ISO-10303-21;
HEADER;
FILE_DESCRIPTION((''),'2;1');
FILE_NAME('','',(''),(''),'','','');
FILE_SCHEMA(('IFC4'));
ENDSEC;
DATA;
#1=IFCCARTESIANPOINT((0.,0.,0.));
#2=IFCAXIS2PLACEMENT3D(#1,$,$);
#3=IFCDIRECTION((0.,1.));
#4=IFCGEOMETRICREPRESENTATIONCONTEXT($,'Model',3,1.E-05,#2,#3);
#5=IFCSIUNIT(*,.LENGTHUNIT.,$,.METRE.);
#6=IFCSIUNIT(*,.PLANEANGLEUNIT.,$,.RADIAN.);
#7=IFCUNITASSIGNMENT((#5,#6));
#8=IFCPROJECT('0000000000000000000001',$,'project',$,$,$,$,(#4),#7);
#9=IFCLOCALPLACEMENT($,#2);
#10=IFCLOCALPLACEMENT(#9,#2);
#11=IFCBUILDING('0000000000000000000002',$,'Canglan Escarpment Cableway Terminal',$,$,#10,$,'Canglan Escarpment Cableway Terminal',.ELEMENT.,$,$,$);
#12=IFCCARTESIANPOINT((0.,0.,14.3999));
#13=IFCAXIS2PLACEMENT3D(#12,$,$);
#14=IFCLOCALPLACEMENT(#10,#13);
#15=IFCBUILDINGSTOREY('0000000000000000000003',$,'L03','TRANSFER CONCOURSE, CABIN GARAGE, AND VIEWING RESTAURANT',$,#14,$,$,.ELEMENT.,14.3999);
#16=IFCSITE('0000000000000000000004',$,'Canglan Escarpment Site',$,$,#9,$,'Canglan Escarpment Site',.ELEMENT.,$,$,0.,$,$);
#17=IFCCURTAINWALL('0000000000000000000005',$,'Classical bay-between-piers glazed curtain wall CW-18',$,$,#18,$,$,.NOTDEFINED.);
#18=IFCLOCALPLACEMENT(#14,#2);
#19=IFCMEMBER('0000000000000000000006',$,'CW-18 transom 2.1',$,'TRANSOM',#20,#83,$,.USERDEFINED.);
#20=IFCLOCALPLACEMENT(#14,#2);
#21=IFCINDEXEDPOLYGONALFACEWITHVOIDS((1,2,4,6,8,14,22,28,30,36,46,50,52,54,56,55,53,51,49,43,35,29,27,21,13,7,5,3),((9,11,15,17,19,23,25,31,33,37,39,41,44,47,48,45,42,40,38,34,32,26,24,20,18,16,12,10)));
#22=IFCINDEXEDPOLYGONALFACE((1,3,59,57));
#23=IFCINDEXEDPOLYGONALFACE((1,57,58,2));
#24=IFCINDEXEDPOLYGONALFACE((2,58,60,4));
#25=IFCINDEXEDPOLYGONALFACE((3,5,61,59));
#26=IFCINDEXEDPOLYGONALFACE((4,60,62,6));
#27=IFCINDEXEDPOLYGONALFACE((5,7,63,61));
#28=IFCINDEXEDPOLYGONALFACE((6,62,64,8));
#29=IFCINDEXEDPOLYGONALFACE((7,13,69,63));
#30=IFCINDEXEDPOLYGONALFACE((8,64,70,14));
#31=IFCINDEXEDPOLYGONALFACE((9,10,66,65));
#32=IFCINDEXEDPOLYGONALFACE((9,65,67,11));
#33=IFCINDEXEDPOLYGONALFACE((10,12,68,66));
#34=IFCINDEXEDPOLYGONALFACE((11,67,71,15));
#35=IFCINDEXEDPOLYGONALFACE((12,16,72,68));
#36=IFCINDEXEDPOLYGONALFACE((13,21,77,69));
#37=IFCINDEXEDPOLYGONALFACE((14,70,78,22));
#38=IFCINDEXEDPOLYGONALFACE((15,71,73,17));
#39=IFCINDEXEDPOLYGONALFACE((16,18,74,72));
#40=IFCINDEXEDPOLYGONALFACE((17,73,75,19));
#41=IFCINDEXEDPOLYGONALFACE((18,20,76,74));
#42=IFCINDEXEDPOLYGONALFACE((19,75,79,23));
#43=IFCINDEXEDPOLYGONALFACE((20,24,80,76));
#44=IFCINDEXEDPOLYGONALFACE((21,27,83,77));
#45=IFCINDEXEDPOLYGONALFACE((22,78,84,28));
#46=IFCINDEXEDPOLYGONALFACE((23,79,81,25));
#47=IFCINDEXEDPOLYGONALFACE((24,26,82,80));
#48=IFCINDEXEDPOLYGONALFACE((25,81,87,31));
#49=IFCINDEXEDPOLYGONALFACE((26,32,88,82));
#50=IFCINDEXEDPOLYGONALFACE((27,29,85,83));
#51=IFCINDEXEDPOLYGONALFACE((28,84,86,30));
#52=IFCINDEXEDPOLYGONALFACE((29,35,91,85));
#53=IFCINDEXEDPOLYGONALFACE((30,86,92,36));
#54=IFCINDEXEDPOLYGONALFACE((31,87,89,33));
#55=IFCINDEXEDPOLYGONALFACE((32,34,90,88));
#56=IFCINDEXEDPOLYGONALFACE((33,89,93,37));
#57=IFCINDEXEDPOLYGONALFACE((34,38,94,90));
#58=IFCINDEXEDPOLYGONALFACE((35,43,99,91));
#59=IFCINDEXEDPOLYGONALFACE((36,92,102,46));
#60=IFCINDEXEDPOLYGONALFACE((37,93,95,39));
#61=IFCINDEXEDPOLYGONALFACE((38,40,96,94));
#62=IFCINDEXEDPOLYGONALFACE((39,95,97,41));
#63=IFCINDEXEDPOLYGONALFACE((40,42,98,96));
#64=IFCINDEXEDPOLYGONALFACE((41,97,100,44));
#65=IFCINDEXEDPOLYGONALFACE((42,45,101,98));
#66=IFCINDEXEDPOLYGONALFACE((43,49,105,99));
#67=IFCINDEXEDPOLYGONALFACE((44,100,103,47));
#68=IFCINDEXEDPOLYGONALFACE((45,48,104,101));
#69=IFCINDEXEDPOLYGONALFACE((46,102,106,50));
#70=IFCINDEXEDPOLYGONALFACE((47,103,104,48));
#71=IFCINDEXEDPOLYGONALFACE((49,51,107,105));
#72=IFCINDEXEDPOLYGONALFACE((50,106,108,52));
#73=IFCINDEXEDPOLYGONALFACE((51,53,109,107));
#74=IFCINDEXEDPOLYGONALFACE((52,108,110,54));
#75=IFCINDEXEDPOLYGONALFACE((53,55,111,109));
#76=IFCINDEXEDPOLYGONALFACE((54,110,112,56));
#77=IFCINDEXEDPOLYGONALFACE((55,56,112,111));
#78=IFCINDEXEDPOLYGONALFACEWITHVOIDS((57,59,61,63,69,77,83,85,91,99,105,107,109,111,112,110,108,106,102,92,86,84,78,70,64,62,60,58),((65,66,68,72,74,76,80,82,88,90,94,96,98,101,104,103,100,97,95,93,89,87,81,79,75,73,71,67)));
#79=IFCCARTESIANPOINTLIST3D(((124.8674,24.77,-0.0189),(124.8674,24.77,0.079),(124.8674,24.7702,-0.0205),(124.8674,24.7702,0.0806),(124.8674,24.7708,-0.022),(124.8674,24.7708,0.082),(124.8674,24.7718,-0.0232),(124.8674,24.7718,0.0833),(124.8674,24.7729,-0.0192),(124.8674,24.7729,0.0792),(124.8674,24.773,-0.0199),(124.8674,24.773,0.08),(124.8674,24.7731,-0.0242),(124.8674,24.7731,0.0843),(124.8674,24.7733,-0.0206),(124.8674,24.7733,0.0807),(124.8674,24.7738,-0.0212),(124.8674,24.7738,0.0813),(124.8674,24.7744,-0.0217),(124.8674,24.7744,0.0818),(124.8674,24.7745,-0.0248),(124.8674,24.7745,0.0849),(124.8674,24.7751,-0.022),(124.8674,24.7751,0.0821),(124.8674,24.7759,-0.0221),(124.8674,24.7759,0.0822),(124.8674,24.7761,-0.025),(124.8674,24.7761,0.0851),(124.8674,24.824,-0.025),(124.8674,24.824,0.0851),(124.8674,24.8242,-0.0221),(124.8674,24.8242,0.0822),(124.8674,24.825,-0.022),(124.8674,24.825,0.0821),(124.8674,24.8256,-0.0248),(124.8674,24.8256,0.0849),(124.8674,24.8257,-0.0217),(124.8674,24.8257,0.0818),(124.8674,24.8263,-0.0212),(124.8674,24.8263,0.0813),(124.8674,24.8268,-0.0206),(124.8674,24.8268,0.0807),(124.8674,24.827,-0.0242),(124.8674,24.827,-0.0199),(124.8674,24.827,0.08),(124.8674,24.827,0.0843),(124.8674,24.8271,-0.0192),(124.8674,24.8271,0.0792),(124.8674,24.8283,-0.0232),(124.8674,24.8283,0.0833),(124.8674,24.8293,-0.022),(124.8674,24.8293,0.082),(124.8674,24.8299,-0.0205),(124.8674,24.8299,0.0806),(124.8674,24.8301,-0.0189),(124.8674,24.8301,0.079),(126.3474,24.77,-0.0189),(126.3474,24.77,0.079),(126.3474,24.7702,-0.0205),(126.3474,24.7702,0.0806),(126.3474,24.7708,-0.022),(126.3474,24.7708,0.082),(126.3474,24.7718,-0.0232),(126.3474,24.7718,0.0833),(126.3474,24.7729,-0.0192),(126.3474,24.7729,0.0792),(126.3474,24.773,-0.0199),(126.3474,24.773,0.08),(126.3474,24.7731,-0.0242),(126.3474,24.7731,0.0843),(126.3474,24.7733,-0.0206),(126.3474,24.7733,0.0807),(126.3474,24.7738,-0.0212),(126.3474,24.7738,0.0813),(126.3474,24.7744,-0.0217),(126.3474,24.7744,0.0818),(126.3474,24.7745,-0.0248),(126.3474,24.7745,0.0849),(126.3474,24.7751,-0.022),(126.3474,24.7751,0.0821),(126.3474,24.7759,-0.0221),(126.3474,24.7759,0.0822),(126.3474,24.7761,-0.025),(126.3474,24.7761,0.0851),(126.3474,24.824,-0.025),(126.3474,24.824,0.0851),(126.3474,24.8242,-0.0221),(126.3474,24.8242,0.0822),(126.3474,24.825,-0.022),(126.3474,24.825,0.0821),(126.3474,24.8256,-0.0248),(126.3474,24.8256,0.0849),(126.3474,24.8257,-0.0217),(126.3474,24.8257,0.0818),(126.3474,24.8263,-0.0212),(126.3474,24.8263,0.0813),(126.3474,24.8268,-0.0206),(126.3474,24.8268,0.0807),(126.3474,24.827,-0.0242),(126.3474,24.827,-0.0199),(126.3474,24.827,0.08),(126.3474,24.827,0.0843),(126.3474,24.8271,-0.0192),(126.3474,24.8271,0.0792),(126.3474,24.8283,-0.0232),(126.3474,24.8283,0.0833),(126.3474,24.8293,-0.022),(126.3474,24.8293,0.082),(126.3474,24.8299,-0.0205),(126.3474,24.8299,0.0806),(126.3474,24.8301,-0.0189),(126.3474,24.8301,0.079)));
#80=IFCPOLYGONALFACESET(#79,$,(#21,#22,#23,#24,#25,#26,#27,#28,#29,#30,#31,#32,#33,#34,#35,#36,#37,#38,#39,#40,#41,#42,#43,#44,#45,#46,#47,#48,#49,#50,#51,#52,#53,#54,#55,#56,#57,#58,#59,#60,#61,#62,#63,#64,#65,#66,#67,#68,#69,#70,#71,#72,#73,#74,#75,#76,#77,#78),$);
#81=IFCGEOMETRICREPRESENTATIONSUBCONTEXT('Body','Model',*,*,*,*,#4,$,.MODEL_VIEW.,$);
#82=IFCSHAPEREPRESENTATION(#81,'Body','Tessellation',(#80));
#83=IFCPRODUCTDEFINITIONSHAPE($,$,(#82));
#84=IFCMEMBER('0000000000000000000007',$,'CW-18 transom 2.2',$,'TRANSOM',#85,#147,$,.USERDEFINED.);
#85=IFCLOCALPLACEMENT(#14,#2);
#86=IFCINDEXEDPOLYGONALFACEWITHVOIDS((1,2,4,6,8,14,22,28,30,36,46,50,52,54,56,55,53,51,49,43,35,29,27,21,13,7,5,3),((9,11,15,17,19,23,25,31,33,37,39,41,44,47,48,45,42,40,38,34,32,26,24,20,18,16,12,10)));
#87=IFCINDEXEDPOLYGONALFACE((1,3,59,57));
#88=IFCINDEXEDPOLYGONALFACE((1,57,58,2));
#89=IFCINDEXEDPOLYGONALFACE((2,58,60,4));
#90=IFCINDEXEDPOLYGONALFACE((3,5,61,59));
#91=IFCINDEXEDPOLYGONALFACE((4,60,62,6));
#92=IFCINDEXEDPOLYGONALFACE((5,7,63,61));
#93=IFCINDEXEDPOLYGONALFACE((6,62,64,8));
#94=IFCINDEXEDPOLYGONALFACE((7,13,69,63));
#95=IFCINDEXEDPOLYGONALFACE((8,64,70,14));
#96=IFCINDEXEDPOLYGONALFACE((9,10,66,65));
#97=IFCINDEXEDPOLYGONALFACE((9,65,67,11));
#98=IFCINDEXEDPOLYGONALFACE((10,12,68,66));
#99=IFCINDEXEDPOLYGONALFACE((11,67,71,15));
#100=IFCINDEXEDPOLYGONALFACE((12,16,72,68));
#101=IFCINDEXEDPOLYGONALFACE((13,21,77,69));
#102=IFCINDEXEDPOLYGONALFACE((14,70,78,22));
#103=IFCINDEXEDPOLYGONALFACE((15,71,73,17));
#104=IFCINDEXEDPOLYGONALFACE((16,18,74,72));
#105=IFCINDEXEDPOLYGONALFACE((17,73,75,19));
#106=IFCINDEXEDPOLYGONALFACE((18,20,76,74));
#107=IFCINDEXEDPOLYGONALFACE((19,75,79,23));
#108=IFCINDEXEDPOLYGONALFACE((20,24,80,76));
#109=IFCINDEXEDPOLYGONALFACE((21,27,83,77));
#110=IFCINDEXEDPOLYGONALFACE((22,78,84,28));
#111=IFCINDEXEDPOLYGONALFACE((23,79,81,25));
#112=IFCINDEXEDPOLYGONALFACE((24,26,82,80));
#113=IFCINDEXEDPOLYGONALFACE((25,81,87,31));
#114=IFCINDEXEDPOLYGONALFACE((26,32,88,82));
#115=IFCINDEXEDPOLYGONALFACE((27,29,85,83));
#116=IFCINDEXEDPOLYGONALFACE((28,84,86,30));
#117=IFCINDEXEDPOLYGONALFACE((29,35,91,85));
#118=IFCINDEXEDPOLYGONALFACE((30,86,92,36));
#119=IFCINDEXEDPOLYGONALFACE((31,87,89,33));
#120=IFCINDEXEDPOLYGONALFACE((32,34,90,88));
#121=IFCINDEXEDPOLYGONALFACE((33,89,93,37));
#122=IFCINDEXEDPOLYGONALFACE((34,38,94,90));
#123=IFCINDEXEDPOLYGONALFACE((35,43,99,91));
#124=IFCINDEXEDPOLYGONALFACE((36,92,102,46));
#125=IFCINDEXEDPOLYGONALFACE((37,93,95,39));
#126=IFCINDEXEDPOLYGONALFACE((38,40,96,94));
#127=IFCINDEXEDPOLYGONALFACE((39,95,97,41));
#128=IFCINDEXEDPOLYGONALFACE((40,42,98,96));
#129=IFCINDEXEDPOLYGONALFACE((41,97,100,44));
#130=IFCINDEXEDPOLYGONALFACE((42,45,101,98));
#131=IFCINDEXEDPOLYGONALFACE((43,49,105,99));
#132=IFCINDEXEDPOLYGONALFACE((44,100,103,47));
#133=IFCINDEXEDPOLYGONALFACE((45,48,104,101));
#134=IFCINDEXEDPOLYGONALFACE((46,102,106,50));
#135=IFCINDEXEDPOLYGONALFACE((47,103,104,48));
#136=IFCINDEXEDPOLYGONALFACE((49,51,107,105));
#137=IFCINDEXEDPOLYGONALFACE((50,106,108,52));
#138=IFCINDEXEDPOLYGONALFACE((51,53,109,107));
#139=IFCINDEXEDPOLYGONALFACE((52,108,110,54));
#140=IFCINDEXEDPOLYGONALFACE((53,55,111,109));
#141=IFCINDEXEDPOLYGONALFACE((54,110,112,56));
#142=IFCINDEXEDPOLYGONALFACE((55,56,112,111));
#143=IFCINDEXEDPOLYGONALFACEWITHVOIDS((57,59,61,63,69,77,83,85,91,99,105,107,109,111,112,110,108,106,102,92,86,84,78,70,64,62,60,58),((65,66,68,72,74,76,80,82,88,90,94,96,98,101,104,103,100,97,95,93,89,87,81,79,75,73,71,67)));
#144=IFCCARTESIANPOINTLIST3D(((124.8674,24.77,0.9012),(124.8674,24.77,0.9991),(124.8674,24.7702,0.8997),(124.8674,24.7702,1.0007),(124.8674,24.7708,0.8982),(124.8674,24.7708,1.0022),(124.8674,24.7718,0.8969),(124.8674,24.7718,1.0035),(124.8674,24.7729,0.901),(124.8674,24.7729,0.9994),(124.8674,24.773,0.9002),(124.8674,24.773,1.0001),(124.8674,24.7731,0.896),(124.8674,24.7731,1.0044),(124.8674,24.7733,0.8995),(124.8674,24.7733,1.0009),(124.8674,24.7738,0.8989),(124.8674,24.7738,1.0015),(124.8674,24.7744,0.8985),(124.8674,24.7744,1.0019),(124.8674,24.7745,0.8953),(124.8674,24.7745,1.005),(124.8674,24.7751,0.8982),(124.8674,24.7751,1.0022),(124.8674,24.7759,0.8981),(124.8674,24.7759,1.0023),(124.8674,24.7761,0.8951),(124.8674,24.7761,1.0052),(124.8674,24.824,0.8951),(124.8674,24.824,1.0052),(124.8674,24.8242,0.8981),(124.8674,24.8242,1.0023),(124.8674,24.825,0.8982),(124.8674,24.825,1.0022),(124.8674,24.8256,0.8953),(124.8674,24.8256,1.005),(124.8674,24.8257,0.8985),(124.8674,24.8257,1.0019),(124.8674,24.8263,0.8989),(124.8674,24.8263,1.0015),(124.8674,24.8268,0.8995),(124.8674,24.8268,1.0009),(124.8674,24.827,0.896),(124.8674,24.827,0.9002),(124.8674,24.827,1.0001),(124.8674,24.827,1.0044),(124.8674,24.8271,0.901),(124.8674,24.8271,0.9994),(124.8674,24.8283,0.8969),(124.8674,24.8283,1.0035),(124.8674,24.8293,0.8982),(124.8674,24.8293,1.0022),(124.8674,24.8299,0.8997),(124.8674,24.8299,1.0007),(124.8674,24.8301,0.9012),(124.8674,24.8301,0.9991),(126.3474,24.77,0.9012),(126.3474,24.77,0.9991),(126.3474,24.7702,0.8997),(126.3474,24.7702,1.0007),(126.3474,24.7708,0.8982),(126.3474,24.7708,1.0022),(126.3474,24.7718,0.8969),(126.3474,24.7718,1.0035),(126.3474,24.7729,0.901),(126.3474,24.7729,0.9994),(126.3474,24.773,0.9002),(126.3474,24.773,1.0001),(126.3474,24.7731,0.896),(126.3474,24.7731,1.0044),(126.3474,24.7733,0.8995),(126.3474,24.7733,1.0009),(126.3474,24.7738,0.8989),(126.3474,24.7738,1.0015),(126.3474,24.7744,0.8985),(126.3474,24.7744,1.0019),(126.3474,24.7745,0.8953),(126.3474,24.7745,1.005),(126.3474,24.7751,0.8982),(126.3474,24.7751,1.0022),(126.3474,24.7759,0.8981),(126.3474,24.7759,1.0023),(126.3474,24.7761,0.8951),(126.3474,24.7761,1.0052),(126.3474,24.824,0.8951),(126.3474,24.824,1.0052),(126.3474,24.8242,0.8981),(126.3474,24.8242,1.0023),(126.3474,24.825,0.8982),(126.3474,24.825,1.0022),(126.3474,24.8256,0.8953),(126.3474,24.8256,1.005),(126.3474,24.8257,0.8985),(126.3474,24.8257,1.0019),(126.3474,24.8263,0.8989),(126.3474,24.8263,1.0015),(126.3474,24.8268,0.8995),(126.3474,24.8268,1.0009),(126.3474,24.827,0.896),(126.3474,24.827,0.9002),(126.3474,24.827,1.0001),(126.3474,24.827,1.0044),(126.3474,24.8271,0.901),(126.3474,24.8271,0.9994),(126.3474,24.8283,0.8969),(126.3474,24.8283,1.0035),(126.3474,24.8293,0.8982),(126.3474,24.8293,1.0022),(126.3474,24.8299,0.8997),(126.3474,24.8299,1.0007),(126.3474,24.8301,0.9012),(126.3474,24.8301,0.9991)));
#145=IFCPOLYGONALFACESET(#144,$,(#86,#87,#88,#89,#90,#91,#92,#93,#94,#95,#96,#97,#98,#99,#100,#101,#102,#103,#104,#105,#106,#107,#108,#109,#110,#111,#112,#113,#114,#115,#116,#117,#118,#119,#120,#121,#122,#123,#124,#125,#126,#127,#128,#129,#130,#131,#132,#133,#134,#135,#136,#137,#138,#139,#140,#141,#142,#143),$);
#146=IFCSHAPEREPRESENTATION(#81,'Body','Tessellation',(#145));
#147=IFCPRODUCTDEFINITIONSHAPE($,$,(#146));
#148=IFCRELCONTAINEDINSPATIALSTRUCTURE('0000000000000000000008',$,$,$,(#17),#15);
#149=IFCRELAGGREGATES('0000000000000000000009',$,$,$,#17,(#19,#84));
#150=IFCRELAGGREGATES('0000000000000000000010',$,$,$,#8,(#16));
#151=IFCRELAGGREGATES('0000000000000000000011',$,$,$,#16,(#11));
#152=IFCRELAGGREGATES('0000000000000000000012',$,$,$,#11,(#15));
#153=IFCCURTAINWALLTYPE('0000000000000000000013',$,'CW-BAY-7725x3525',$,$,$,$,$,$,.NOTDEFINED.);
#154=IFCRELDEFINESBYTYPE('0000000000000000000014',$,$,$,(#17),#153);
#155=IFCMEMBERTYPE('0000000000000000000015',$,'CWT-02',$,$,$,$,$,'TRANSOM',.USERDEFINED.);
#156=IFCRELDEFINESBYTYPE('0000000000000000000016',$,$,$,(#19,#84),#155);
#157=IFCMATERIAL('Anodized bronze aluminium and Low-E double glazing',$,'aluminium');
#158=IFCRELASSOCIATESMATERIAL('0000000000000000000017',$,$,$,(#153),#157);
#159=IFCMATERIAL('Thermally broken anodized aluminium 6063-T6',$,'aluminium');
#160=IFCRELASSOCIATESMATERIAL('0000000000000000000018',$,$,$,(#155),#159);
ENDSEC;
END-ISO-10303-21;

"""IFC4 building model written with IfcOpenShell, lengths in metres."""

from ifc_helpers import new_model, si_unit, direction, frame, origin, origin_2d, place, context, subcontext, project, spatial, hollow_rectangle, extrude, material, material_profile, profile_set, type_object, element, aggregate, save


model = new_model("IFC4")

# Units and contexts
model_context = context("Model", 3, precision=1e-05, world=origin(), true_north=direction((0.0, 1.0)))
body_context = subcontext(model_context, "Body", "Model", "MODEL_VIEW")
ifc_project = project(units=[si_unit("LENGTHUNIT", "METRE"), si_unit("PLANEANGLEUNIT", "RADIAN")], contexts=[model_context])

# Site, building, storey
site_placement = place(None, origin())
site = spatial("IfcSite", under=ifc_project, at=site_placement, Name="Canglan Escarpment Site", LongName="Canglan Escarpment Site", CompositionType="ELEMENT", RefElevation=0.0)
building_placement = place(site_placement, origin())
building = spatial("IfcBuilding", under=site, at=building_placement, Name="Canglan Escarpment Cableway Terminal", LongName="Canglan Escarpment Cableway Terminal", CompositionType="ELEMENT")
storey_placement = place(building_placement, frame((0.0, 0.0, 14.3999)))
storey = spatial("IfcBuildingStorey", under=building, at=storey_placement, Name="L03", Description="TRANSFER CONCOURSE, CABIN GARAGE, AND VIEWING RESTAURANT", CompositionType="ELEMENT", Elevation=14.3999)

# Curtain wall, members
ifc_material_1 = material(Name="Anodized bronze aluminium and Low-E double glazing", Category="aluminium")
curtain_wall_type = type_object("IfcCurtainWallType", Name="CW-BAY-7725x3525", PredefinedType="NOTDEFINED", material=ifc_material_1)
curtain_wall_placement = place(storey_placement, origin())
curtain_wall = element("IfcCurtainWall", 1, at=curtain_wall_placement, inside=storey, type_object=curtain_wall_type, Name="Classical bay-between-piers glazed curtain wall CW-18", PredefinedType="NOTDEFINED")
ifc_material_2 = material(Name="Thermally broken anodized aluminium 6063-T6", Category="aluminium")
ifc_material_profile_1 = material_profile(ifc_material_2, hollow_rectangle(XDim=0.0601, YDim=0.1101, WallThickness=0.0029, InnerFilletRadius=0.0029, OuterFilletRadius=0.0061, at=origin_2d()), Name="ALU-TRAN 60x110x3")
ifc_profile_set_1 = profile_set([ifc_material_profile_1], Name="Thermally broken anodized aluminium 6063-T6")
member_type_1 = type_object("IfcMemberType", Name="CWT-02", ElementType="TRANSOM", PredefinedType="USERDEFINED", material=ifc_profile_set_1)
member_1_placement = place(storey_placement, frame((126.3474, 24.8, 0.03), z_axis=(-1.0, 0.0, 0.0), x_axis=(0.0, -1.0, 0.0)))
member_1 = element("IfcMember", 2, at=member_1_placement, type_object=member_type_1, Name="CW-18 transom 2.1", ObjectType="TRANSOM", PredefinedType="USERDEFINED", context=body_context, shape_type="SweptSolid", body=[
    extrude(hollow_rectangle(XDim=0.0601, YDim=0.1101, WallThickness=0.0029, InnerFilletRadius=0.0029, OuterFilletRadius=0.0061, at=origin_2d()), origin(), (0.0, 0.0, 1.0), 1.48),
])
member_2_placement = place(storey_placement, frame((126.3474, 24.8, 0.9502), z_axis=(-1.0, 0.0, 0.0), x_axis=(0.0, -1.0, 0.0)))
member_2 = element("IfcMember", 3, at=member_2_placement, type_object=member_type_1, Name="CW-18 transom 2.2", ObjectType="TRANSOM", PredefinedType="USERDEFINED", context=body_context, shape_type="SweptSolid", body=[
    extrude(hollow_rectangle(XDim=0.0601, YDim=0.1101, WallThickness=0.0029, InnerFilletRadius=0.0029, OuterFilletRadius=0.0061, at=origin_2d()), origin(), (0.0, 0.0, 1.0), 1.48),
])
aggregate(curtain_wall, [member_1, member_2])

save(model, "model.ifc")
